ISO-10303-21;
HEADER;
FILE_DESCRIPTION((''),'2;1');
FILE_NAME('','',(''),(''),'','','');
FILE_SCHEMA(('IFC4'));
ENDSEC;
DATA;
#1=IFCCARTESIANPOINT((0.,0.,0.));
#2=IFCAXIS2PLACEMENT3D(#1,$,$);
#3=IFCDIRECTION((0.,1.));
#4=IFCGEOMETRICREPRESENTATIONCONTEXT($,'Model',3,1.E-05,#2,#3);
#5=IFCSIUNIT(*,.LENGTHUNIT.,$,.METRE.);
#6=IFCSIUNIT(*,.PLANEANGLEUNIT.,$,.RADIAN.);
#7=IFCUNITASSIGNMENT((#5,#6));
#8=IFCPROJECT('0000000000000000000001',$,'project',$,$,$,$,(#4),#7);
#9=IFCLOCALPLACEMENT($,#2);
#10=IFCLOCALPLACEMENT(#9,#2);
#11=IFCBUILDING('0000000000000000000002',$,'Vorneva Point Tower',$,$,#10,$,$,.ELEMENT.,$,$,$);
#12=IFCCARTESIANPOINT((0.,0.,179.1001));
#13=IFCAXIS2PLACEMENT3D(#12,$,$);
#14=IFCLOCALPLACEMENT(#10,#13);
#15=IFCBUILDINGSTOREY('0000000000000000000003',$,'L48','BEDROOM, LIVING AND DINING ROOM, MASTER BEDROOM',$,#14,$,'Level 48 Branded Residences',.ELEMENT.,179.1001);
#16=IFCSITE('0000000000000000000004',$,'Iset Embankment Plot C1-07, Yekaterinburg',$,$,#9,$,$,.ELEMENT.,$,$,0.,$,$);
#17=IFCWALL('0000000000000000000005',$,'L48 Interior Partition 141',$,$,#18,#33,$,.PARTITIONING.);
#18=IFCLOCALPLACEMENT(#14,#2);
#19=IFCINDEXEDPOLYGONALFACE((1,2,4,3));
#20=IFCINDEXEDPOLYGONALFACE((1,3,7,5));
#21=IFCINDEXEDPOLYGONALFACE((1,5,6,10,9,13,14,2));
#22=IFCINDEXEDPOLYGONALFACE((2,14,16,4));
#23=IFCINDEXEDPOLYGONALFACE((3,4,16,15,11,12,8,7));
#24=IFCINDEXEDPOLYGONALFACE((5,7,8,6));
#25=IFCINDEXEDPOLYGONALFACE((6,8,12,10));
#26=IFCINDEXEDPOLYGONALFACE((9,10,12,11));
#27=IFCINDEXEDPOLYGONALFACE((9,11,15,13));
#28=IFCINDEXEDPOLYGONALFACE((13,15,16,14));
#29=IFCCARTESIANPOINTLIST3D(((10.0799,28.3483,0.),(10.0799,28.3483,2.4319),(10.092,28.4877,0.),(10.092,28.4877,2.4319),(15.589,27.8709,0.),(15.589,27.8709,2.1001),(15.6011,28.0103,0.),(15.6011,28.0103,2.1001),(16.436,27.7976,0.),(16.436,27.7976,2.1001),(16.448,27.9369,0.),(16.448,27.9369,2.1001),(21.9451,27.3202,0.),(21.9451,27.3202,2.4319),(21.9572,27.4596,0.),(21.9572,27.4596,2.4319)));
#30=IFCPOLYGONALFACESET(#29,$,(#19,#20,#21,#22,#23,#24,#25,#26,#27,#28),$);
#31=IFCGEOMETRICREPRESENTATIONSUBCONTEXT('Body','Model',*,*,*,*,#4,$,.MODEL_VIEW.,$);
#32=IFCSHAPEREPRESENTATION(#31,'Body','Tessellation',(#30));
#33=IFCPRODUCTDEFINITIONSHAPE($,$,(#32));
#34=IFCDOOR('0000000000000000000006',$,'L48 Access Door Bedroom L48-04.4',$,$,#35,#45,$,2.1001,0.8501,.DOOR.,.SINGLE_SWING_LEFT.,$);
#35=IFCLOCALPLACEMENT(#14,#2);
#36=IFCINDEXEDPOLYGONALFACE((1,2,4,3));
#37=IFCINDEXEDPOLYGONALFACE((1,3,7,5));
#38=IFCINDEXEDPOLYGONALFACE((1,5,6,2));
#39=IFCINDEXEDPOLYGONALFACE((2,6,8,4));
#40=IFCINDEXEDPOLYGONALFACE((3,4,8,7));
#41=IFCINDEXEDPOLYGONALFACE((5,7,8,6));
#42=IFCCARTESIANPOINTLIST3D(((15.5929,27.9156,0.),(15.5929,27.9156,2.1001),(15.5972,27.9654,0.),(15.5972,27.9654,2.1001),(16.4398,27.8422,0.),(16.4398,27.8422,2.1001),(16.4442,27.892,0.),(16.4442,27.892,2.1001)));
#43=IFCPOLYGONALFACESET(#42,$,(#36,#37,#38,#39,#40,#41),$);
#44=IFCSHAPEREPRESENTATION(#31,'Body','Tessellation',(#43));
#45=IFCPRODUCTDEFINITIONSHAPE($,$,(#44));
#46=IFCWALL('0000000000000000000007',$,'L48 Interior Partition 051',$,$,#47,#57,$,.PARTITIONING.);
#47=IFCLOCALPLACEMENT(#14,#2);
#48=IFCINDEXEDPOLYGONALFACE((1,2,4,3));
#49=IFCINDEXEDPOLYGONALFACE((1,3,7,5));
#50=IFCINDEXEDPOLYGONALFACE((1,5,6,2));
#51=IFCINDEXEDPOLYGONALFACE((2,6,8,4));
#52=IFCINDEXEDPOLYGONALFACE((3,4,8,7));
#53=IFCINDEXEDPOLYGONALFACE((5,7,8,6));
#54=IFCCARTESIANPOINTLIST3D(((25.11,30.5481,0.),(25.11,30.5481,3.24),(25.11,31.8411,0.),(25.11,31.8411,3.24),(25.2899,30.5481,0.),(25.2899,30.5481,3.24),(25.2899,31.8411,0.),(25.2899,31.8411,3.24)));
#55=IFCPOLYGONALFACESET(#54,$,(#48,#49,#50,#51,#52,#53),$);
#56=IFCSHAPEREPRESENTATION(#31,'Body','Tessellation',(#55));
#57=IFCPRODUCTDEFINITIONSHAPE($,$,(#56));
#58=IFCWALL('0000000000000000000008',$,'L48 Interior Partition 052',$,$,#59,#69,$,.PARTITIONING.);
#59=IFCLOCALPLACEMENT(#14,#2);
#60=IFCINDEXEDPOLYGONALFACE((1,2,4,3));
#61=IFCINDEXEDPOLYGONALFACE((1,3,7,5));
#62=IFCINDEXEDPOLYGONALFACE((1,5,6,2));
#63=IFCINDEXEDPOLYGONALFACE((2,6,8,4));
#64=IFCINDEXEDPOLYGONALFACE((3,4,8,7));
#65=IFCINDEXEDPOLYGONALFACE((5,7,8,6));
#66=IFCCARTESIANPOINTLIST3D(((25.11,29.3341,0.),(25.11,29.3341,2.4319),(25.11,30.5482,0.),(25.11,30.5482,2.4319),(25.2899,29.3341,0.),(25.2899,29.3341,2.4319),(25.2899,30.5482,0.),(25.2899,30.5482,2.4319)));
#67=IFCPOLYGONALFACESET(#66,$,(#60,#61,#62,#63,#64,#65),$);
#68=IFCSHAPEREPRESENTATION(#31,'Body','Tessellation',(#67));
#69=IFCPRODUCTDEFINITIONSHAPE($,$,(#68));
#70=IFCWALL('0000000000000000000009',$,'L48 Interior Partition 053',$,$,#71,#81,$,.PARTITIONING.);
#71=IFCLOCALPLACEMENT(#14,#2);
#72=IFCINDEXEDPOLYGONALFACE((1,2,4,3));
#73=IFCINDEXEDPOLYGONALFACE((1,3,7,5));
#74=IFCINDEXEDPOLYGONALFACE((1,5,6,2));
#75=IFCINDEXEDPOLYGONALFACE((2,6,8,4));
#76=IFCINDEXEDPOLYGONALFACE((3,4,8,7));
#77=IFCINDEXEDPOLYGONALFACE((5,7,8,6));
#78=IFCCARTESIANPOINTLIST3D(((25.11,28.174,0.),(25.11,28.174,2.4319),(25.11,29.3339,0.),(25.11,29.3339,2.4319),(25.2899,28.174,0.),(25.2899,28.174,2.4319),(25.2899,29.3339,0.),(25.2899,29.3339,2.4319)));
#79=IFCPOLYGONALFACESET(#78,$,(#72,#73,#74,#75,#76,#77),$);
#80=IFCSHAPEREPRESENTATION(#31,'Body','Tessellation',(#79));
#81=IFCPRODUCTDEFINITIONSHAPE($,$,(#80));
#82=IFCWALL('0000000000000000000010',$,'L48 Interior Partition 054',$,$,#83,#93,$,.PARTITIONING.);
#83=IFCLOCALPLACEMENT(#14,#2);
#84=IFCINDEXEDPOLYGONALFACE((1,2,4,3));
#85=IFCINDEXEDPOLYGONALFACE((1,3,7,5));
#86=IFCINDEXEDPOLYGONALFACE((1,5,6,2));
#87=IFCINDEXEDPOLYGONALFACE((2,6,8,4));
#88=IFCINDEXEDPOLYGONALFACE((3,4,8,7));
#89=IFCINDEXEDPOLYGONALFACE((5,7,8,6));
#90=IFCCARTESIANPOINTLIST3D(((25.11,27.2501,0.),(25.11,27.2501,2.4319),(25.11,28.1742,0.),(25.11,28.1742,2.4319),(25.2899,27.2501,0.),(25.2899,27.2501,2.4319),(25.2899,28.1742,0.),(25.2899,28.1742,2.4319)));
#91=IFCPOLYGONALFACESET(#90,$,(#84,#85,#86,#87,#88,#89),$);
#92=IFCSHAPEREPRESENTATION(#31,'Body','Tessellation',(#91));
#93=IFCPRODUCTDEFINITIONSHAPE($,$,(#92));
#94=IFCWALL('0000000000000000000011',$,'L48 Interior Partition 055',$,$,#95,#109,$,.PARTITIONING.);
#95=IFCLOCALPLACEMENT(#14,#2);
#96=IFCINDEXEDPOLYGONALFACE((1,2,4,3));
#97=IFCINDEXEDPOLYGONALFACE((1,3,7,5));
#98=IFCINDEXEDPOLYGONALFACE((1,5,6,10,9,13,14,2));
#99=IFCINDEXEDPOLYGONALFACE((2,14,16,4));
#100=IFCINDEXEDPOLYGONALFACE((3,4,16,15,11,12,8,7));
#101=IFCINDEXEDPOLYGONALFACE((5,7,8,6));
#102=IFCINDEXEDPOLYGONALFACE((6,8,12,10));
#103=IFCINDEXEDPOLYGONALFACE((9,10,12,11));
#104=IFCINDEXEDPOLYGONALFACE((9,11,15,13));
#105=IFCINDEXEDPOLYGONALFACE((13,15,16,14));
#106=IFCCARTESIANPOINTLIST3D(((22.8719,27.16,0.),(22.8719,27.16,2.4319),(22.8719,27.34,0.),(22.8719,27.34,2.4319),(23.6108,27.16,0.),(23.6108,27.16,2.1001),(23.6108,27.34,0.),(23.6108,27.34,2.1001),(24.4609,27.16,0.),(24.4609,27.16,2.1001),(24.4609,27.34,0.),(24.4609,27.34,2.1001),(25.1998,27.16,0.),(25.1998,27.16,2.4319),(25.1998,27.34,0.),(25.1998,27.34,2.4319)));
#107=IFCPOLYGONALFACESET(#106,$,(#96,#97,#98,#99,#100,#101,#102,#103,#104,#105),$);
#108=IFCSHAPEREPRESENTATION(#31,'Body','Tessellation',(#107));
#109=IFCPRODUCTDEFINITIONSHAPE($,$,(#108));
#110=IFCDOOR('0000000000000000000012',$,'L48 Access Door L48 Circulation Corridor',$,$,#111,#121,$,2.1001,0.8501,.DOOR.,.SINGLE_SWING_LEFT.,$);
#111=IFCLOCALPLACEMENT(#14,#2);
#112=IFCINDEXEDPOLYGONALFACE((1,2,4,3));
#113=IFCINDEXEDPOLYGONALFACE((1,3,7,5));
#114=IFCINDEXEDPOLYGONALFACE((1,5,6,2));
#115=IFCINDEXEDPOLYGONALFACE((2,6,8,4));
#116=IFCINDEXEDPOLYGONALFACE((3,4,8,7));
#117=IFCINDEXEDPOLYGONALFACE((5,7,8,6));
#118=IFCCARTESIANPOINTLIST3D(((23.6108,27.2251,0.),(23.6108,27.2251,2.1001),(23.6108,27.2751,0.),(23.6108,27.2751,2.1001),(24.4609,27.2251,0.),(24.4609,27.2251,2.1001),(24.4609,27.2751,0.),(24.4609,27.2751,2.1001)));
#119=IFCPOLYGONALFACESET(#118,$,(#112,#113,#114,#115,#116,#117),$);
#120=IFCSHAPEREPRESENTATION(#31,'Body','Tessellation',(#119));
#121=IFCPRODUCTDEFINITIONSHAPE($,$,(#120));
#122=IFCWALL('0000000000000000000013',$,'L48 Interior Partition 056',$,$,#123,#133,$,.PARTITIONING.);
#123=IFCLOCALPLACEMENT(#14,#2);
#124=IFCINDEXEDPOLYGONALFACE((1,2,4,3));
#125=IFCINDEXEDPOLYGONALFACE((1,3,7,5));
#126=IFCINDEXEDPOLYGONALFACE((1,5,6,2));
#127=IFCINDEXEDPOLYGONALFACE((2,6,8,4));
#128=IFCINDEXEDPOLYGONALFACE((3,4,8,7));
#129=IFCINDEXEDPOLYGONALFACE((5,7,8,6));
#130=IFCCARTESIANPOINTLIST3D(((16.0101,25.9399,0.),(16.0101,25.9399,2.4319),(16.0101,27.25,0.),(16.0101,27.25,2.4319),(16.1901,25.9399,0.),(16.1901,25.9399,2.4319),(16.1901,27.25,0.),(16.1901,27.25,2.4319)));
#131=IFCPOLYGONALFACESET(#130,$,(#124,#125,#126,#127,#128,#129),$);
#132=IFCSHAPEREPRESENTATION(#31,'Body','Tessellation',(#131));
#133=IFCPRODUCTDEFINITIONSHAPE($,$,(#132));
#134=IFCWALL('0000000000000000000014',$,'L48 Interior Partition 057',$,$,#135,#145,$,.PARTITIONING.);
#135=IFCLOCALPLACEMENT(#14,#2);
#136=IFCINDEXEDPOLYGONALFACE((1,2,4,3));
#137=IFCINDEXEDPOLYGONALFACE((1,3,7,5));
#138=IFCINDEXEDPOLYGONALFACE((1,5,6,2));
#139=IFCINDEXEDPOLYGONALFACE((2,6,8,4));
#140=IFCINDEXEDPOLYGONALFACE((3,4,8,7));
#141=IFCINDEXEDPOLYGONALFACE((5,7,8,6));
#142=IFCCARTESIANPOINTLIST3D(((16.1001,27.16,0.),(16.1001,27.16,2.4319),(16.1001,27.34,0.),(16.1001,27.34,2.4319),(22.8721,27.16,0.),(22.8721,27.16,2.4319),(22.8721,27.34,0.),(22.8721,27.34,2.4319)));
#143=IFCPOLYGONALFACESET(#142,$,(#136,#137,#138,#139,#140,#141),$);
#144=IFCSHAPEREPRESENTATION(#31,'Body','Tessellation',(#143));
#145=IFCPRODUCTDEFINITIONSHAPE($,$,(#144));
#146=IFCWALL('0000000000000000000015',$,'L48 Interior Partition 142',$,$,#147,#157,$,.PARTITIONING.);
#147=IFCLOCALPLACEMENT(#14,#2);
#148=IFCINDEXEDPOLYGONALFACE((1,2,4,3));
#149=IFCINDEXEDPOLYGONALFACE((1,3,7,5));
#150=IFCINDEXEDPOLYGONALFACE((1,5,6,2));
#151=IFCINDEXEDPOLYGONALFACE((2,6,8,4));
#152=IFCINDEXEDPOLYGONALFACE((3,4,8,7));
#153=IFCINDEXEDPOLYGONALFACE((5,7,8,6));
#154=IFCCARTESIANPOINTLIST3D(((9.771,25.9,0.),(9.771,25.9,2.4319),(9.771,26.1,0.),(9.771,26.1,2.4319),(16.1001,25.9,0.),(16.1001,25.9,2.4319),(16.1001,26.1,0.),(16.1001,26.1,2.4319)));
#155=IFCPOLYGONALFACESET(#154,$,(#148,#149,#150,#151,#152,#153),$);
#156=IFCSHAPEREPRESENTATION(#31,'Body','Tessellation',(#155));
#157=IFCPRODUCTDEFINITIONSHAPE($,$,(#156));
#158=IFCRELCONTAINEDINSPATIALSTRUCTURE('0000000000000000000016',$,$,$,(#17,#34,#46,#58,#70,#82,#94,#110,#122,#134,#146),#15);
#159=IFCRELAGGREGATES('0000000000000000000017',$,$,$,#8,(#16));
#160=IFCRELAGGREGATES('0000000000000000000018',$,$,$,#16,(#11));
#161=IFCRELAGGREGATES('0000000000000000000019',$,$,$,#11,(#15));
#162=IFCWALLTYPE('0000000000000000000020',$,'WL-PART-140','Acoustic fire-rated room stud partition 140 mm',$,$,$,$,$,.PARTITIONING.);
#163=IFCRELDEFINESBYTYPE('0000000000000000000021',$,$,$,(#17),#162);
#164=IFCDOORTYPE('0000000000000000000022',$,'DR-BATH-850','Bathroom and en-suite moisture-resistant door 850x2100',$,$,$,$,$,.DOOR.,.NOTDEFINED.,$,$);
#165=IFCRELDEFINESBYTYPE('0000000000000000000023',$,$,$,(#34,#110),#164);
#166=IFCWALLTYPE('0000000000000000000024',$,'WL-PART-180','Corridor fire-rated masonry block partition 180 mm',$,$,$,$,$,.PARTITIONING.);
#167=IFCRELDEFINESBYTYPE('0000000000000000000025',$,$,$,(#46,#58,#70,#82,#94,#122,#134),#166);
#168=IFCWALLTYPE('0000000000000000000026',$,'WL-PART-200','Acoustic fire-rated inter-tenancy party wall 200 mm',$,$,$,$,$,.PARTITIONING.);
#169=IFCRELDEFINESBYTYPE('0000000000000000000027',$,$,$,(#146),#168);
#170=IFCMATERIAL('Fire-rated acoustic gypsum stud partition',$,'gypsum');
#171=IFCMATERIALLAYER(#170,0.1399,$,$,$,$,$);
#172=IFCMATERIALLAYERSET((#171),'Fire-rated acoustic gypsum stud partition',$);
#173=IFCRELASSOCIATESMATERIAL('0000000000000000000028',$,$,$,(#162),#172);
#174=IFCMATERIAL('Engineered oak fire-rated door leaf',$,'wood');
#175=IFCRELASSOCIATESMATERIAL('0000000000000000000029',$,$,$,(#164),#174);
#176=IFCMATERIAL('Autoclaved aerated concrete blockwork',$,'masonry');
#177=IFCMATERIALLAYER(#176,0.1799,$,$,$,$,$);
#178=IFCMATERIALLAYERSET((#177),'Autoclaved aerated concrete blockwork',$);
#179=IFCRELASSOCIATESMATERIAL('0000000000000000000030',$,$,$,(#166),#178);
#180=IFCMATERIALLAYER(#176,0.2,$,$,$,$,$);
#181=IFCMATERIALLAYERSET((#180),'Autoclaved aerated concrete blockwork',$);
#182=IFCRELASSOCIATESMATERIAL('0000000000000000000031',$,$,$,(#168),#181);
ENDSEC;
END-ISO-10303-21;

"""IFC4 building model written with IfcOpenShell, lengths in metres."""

from ifc_helpers import new_model, si_unit, direction, frame, frame_2d, origin, place, context, subcontext, project, spatial, rectangle, extrude, material, layer, layer_set, type_object, element, fill, save


model = new_model("IFC4")

# Units and contexts
model_context = context("Model", 3, precision=1e-05, world=origin(), true_north=direction((0.0, 1.0)))
body_context = subcontext(model_context, "Body", "Model", "MODEL_VIEW")
ifc_project = project(units=[si_unit("LENGTHUNIT", "METRE"), si_unit("PLANEANGLEUNIT", "RADIAN")], contexts=[model_context])

# Site, building, storey
site_placement = place(None, origin())
site = spatial("IfcSite", under=ifc_project, at=site_placement, Name="Iset Embankment Plot C1-07, Yekaterinburg", CompositionType="ELEMENT", RefElevation=0.0)
building_placement = place(site_placement, origin())
building = spatial("IfcBuilding", under=site, at=building_placement, Name="Vorneva Point Tower", CompositionType="ELEMENT")
storey_placement = place(building_placement, frame((0.0, 0.0, 179.1001)))
storey = spatial("IfcBuildingStorey", under=building, at=storey_placement, Name="L48", Description="BEDROOM, LIVING AND DINING ROOM, MASTER BEDROOM", LongName="Level 48 Branded Residences", CompositionType="ELEMENT", Elevation=179.1001)

# Shared definitions
ifc_material_1 = material(Name="Fire-rated acoustic gypsum stud partition", Category="gypsum")
ifc_layer_1 = layer(ifc_material_1, 0.1399)
ifc_layer_set_1 = layer_set([ifc_layer_1], Name="Fire-rated acoustic gypsum stud partition")
wall_type_1 = type_object("IfcWallType", Name="WL-PART-140", Description="Acoustic fire-rated room stud partition 140 mm", PredefinedType="PARTITIONING", material=ifc_layer_set_1)
ifc_material_2 = material(Name="Engineered oak fire-rated door leaf", Category="wood")
door_type_1 = type_object("IfcDoorType", Name="DR-BATH-850", Description="Bathroom and en-suite moisture-resistant door 850x2100", OperationType="NOTDEFINED", PredefinedType="DOOR", material=ifc_material_2)

# Wall, opening, door
wall_1_placement = place(storey_placement, frame((10.0859, 28.418, 0.0), z_axis=(0.0, 0.0, 1.0), x_axis=(0.996267, -0.086323, 0.0)))
wall_1 = element("IfcWall", 1, at=wall_1_placement, inside=storey, type_object=wall_type_1, Name="L48 Interior Partition 141", PredefinedType="PARTITIONING", context=body_context, shape_type="SweptSolid", body=[
    extrude(rectangle(XDim=11.9097, YDim=0.1399, at=frame_2d((5.9548, 0.0))), origin(), (0.0, 0.0, 1.0), 2.4319),
])
opening_1_placement = place(wall_1_placement, frame((5.5298, 0.0, 0.0)))
opening_1 = element("IfcOpeningElement", 2, at=opening_1_placement, cuts=wall_1, PredefinedType="OPENING", context=body_context, shape_type="SweptSolid", body=[
    extrude(rectangle(XDim=0.8501, YDim=2.1001, at=frame_2d((0.425, 1.05))), frame((0.0, 0.085, 0.0), z_axis=(0.0, -1.0, 0.0), x_axis=(1.0, 0.0, 0.0)), (0.0, 0.0, 1.0), 0.1697),
])
door_1_placement = place(opening_1_placement, origin())
door_1 = element("IfcDoor", 3, at=door_1_placement, inside=storey, type_object=door_type_1, Name="L48 Access Door Bedroom L48-04.4", OperationType="SINGLE_SWING_LEFT", OverallHeight=2.1001, OverallWidth=0.8501, PredefinedType="DOOR", context=body_context, shape_type="SweptSolid", body=[
    extrude(rectangle(XDim=0.8501, YDim=2.1001, at=frame_2d((0.425, 1.05))), frame((0.0, 0.0249, 0.0), z_axis=(0.0, -1.0, 0.0), x_axis=(1.0, 0.0, 0.0)), (0.0, 0.0, 1.0), 0.05),
])
fill(opening_1, door_1)

# Walls
ifc_material_3 = material(Name="Autoclaved aerated concrete blockwork", Category="masonry")
ifc_layer_2 = layer(ifc_material_3, 0.1799)
ifc_layer_set_2 = layer_set([ifc_layer_2], Name="Autoclaved aerated concrete blockwork")
wall_type_2 = type_object("IfcWallType", Name="WL-PART-180", Description="Corridor fire-rated masonry block partition 180 mm", PredefinedType="PARTITIONING", material=ifc_layer_set_2)
wall_2_placement = place(storey_placement, frame((25.2, 31.8411, 0.0), z_axis=(0.0, 0.0, 1.0), x_axis=(0.0, -1.0, 0.0)))
element("IfcWall", 4, at=wall_2_placement, inside=storey, type_object=wall_type_2, Name="L48 Interior Partition 051", PredefinedType="PARTITIONING", context=body_context, shape_type="SweptSolid", body=[
    extrude(rectangle(XDim=1.293, YDim=0.1799, at=frame_2d((0.6465, 0.0))), origin(), (0.0, 0.0, 1.0), 3.24),
])
wall_3_placement = place(storey_placement, frame((25.2, 30.5481, 0.0), z_axis=(0.0, 0.0, 1.0), x_axis=(0.0, -1.0, 0.0)))
element("IfcWall", 5, at=wall_3_placement, inside=storey, type_object=wall_type_2, Name="L48 Interior Partition 052", PredefinedType="PARTITIONING", context=body_context, shape_type="SweptSolid", body=[
    extrude(rectangle(XDim=1.2141, YDim=0.1799, at=frame_2d((0.6069, 0.0))), origin(), (0.0, 0.0, 1.0), 2.4319),
])
wall_4_placement = place(storey_placement, frame((25.2, 29.334, 0.0), z_axis=(0.0, 0.0, 1.0), x_axis=(0.0, -1.0, 0.0)))
element("IfcWall", 6, at=wall_4_placement, inside=storey, type_object=wall_type_2, Name="L48 Interior Partition 053", PredefinedType="PARTITIONING", context=body_context, shape_type="SweptSolid", body=[
    extrude(rectangle(XDim=1.1599, YDim=0.1799, at=frame_2d((0.5801, 0.0))), origin(), (0.0, 0.0, 1.0), 2.4319),
])
wall_5_placement = place(storey_placement, frame((25.2, 28.1741, 0.0), z_axis=(0.0, 0.0, 1.0), x_axis=(0.0, -1.0, 0.0)))
element("IfcWall", 7, at=wall_5_placement, inside=storey, type_object=wall_type_2, Name="L48 Interior Partition 054", PredefinedType="PARTITIONING", context=body_context, shape_type="SweptSolid", body=[
    extrude(rectangle(XDim=0.9241, YDim=0.1799, at=frame_2d((0.4619, 0.0))), origin(), (0.0, 0.0, 1.0), 2.4319),
])

# Wall, opening, door
wall_6_placement = place(storey_placement, frame((25.2, 27.25, 0.0), z_axis=(0.0, 0.0, 1.0), x_axis=(-1.0, 0.0, 0.0)))
wall_6 = element("IfcWall", 8, at=wall_6_placement, inside=storey, type_object=wall_type_2, Name="L48 Interior Partition 055", PredefinedType="PARTITIONING", context=body_context, shape_type="SweptSolid", body=[
    extrude(rectangle(XDim=2.3279, YDim=0.1799, at=frame_2d((1.1641, 0.0))), origin(), (0.0, 0.0, 1.0), 2.4319),
])
opening_2_placement = place(wall_6_placement, frame((0.739, 0.0, 0.0)))
opening_2 = element("IfcOpeningElement", 9, at=opening_2_placement, cuts=wall_6, PredefinedType="OPENING", context=body_context, shape_type="SweptSolid", body=[
    extrude(rectangle(XDim=0.8501, YDim=2.1001, at=frame_2d((0.425, 1.05))), frame((0.0, 0.105, 0.0), z_axis=(0.0, -1.0, 0.0), x_axis=(1.0, 0.0, 0.0)), (0.0, 0.0, 1.0), 0.2097),
])
door_2_placement = place(opening_2_placement, origin())
door_2 = element("IfcDoor", 10, at=door_2_placement, inside=storey, type_object=door_type_1, Name="L48 Access Door L48 Circulation Corridor", OperationType="SINGLE_SWING_LEFT", OverallHeight=2.1001, OverallWidth=0.8501, PredefinedType="DOOR", context=body_context, shape_type="SweptSolid", body=[
    extrude(rectangle(XDim=0.8501, YDim=2.1001, at=frame_2d((0.425, 1.05))), frame((0.0, 0.0249, 0.0), z_axis=(0.0, -1.0, 0.0), x_axis=(1.0, 0.0, 0.0)), (0.0, 0.0, 1.0), 0.05),
])
fill(opening_2, door_2)

# Walls
wall_7_placement = place(storey_placement, frame((16.1001, 27.25, 0.0), z_axis=(0.0, 0.0, 1.0), x_axis=(0.0, -1.0, 0.0)))
element("IfcWall", 11, at=wall_7_placement, inside=storey, type_object=wall_type_2, Name="L48 Interior Partition 056", PredefinedType="PARTITIONING", context=body_context, shape_type="SweptSolid", body=[
    extrude(rectangle(XDim=1.3101, YDim=0.1799, at=frame_2d((0.655, 0.0))), origin(), (0.0, 0.0, 1.0), 2.4319),
])
wall_8_placement = place(storey_placement, frame((22.8721, 27.25, 0.0), z_axis=(0.0, 0.0, 1.0), x_axis=(-1.0, 0.0, 0.0)))
element("IfcWall", 12, at=wall_8_placement, inside=storey, type_object=wall_type_2, Name="L48 Interior Partition 057", PredefinedType="PARTITIONING", context=body_context, shape_type="SweptSolid", body=[
    extrude(rectangle(XDim=6.772, YDim=0.1799, at=frame_2d((3.386, 0.0))), origin(), (0.0, 0.0, 1.0), 2.4319),
])
ifc_layer_3 = layer(ifc_material_3, 0.2)
ifc_layer_set_3 = layer_set([ifc_layer_3], Name="Autoclaved aerated concrete blockwork")
wall_type_3 = type_object("IfcWallType", Name="WL-PART-200", Description="Acoustic fire-rated inter-tenancy party wall 200 mm", PredefinedType="PARTITIONING", material=ifc_layer_set_3)
wall_9_placement = place(storey_placement, frame((9.771, 26.0, 0.0), z_axis=(0.0, 0.0, 1.0), x_axis=(1.0, 0.0, 0.0)))
element("IfcWall", 13, at=wall_9_placement, inside=storey, type_object=wall_type_3, Name="L48 Interior Partition 142", PredefinedType="PARTITIONING", context=body_context, shape_type="SweptSolid", body=[
    extrude(rectangle(XDim=6.3291, YDim=0.2, at=frame_2d((3.1646, 0.0))), origin(), (0.0, 0.0, 1.0), 2.4319),
])

save(model, "model.ifc")
